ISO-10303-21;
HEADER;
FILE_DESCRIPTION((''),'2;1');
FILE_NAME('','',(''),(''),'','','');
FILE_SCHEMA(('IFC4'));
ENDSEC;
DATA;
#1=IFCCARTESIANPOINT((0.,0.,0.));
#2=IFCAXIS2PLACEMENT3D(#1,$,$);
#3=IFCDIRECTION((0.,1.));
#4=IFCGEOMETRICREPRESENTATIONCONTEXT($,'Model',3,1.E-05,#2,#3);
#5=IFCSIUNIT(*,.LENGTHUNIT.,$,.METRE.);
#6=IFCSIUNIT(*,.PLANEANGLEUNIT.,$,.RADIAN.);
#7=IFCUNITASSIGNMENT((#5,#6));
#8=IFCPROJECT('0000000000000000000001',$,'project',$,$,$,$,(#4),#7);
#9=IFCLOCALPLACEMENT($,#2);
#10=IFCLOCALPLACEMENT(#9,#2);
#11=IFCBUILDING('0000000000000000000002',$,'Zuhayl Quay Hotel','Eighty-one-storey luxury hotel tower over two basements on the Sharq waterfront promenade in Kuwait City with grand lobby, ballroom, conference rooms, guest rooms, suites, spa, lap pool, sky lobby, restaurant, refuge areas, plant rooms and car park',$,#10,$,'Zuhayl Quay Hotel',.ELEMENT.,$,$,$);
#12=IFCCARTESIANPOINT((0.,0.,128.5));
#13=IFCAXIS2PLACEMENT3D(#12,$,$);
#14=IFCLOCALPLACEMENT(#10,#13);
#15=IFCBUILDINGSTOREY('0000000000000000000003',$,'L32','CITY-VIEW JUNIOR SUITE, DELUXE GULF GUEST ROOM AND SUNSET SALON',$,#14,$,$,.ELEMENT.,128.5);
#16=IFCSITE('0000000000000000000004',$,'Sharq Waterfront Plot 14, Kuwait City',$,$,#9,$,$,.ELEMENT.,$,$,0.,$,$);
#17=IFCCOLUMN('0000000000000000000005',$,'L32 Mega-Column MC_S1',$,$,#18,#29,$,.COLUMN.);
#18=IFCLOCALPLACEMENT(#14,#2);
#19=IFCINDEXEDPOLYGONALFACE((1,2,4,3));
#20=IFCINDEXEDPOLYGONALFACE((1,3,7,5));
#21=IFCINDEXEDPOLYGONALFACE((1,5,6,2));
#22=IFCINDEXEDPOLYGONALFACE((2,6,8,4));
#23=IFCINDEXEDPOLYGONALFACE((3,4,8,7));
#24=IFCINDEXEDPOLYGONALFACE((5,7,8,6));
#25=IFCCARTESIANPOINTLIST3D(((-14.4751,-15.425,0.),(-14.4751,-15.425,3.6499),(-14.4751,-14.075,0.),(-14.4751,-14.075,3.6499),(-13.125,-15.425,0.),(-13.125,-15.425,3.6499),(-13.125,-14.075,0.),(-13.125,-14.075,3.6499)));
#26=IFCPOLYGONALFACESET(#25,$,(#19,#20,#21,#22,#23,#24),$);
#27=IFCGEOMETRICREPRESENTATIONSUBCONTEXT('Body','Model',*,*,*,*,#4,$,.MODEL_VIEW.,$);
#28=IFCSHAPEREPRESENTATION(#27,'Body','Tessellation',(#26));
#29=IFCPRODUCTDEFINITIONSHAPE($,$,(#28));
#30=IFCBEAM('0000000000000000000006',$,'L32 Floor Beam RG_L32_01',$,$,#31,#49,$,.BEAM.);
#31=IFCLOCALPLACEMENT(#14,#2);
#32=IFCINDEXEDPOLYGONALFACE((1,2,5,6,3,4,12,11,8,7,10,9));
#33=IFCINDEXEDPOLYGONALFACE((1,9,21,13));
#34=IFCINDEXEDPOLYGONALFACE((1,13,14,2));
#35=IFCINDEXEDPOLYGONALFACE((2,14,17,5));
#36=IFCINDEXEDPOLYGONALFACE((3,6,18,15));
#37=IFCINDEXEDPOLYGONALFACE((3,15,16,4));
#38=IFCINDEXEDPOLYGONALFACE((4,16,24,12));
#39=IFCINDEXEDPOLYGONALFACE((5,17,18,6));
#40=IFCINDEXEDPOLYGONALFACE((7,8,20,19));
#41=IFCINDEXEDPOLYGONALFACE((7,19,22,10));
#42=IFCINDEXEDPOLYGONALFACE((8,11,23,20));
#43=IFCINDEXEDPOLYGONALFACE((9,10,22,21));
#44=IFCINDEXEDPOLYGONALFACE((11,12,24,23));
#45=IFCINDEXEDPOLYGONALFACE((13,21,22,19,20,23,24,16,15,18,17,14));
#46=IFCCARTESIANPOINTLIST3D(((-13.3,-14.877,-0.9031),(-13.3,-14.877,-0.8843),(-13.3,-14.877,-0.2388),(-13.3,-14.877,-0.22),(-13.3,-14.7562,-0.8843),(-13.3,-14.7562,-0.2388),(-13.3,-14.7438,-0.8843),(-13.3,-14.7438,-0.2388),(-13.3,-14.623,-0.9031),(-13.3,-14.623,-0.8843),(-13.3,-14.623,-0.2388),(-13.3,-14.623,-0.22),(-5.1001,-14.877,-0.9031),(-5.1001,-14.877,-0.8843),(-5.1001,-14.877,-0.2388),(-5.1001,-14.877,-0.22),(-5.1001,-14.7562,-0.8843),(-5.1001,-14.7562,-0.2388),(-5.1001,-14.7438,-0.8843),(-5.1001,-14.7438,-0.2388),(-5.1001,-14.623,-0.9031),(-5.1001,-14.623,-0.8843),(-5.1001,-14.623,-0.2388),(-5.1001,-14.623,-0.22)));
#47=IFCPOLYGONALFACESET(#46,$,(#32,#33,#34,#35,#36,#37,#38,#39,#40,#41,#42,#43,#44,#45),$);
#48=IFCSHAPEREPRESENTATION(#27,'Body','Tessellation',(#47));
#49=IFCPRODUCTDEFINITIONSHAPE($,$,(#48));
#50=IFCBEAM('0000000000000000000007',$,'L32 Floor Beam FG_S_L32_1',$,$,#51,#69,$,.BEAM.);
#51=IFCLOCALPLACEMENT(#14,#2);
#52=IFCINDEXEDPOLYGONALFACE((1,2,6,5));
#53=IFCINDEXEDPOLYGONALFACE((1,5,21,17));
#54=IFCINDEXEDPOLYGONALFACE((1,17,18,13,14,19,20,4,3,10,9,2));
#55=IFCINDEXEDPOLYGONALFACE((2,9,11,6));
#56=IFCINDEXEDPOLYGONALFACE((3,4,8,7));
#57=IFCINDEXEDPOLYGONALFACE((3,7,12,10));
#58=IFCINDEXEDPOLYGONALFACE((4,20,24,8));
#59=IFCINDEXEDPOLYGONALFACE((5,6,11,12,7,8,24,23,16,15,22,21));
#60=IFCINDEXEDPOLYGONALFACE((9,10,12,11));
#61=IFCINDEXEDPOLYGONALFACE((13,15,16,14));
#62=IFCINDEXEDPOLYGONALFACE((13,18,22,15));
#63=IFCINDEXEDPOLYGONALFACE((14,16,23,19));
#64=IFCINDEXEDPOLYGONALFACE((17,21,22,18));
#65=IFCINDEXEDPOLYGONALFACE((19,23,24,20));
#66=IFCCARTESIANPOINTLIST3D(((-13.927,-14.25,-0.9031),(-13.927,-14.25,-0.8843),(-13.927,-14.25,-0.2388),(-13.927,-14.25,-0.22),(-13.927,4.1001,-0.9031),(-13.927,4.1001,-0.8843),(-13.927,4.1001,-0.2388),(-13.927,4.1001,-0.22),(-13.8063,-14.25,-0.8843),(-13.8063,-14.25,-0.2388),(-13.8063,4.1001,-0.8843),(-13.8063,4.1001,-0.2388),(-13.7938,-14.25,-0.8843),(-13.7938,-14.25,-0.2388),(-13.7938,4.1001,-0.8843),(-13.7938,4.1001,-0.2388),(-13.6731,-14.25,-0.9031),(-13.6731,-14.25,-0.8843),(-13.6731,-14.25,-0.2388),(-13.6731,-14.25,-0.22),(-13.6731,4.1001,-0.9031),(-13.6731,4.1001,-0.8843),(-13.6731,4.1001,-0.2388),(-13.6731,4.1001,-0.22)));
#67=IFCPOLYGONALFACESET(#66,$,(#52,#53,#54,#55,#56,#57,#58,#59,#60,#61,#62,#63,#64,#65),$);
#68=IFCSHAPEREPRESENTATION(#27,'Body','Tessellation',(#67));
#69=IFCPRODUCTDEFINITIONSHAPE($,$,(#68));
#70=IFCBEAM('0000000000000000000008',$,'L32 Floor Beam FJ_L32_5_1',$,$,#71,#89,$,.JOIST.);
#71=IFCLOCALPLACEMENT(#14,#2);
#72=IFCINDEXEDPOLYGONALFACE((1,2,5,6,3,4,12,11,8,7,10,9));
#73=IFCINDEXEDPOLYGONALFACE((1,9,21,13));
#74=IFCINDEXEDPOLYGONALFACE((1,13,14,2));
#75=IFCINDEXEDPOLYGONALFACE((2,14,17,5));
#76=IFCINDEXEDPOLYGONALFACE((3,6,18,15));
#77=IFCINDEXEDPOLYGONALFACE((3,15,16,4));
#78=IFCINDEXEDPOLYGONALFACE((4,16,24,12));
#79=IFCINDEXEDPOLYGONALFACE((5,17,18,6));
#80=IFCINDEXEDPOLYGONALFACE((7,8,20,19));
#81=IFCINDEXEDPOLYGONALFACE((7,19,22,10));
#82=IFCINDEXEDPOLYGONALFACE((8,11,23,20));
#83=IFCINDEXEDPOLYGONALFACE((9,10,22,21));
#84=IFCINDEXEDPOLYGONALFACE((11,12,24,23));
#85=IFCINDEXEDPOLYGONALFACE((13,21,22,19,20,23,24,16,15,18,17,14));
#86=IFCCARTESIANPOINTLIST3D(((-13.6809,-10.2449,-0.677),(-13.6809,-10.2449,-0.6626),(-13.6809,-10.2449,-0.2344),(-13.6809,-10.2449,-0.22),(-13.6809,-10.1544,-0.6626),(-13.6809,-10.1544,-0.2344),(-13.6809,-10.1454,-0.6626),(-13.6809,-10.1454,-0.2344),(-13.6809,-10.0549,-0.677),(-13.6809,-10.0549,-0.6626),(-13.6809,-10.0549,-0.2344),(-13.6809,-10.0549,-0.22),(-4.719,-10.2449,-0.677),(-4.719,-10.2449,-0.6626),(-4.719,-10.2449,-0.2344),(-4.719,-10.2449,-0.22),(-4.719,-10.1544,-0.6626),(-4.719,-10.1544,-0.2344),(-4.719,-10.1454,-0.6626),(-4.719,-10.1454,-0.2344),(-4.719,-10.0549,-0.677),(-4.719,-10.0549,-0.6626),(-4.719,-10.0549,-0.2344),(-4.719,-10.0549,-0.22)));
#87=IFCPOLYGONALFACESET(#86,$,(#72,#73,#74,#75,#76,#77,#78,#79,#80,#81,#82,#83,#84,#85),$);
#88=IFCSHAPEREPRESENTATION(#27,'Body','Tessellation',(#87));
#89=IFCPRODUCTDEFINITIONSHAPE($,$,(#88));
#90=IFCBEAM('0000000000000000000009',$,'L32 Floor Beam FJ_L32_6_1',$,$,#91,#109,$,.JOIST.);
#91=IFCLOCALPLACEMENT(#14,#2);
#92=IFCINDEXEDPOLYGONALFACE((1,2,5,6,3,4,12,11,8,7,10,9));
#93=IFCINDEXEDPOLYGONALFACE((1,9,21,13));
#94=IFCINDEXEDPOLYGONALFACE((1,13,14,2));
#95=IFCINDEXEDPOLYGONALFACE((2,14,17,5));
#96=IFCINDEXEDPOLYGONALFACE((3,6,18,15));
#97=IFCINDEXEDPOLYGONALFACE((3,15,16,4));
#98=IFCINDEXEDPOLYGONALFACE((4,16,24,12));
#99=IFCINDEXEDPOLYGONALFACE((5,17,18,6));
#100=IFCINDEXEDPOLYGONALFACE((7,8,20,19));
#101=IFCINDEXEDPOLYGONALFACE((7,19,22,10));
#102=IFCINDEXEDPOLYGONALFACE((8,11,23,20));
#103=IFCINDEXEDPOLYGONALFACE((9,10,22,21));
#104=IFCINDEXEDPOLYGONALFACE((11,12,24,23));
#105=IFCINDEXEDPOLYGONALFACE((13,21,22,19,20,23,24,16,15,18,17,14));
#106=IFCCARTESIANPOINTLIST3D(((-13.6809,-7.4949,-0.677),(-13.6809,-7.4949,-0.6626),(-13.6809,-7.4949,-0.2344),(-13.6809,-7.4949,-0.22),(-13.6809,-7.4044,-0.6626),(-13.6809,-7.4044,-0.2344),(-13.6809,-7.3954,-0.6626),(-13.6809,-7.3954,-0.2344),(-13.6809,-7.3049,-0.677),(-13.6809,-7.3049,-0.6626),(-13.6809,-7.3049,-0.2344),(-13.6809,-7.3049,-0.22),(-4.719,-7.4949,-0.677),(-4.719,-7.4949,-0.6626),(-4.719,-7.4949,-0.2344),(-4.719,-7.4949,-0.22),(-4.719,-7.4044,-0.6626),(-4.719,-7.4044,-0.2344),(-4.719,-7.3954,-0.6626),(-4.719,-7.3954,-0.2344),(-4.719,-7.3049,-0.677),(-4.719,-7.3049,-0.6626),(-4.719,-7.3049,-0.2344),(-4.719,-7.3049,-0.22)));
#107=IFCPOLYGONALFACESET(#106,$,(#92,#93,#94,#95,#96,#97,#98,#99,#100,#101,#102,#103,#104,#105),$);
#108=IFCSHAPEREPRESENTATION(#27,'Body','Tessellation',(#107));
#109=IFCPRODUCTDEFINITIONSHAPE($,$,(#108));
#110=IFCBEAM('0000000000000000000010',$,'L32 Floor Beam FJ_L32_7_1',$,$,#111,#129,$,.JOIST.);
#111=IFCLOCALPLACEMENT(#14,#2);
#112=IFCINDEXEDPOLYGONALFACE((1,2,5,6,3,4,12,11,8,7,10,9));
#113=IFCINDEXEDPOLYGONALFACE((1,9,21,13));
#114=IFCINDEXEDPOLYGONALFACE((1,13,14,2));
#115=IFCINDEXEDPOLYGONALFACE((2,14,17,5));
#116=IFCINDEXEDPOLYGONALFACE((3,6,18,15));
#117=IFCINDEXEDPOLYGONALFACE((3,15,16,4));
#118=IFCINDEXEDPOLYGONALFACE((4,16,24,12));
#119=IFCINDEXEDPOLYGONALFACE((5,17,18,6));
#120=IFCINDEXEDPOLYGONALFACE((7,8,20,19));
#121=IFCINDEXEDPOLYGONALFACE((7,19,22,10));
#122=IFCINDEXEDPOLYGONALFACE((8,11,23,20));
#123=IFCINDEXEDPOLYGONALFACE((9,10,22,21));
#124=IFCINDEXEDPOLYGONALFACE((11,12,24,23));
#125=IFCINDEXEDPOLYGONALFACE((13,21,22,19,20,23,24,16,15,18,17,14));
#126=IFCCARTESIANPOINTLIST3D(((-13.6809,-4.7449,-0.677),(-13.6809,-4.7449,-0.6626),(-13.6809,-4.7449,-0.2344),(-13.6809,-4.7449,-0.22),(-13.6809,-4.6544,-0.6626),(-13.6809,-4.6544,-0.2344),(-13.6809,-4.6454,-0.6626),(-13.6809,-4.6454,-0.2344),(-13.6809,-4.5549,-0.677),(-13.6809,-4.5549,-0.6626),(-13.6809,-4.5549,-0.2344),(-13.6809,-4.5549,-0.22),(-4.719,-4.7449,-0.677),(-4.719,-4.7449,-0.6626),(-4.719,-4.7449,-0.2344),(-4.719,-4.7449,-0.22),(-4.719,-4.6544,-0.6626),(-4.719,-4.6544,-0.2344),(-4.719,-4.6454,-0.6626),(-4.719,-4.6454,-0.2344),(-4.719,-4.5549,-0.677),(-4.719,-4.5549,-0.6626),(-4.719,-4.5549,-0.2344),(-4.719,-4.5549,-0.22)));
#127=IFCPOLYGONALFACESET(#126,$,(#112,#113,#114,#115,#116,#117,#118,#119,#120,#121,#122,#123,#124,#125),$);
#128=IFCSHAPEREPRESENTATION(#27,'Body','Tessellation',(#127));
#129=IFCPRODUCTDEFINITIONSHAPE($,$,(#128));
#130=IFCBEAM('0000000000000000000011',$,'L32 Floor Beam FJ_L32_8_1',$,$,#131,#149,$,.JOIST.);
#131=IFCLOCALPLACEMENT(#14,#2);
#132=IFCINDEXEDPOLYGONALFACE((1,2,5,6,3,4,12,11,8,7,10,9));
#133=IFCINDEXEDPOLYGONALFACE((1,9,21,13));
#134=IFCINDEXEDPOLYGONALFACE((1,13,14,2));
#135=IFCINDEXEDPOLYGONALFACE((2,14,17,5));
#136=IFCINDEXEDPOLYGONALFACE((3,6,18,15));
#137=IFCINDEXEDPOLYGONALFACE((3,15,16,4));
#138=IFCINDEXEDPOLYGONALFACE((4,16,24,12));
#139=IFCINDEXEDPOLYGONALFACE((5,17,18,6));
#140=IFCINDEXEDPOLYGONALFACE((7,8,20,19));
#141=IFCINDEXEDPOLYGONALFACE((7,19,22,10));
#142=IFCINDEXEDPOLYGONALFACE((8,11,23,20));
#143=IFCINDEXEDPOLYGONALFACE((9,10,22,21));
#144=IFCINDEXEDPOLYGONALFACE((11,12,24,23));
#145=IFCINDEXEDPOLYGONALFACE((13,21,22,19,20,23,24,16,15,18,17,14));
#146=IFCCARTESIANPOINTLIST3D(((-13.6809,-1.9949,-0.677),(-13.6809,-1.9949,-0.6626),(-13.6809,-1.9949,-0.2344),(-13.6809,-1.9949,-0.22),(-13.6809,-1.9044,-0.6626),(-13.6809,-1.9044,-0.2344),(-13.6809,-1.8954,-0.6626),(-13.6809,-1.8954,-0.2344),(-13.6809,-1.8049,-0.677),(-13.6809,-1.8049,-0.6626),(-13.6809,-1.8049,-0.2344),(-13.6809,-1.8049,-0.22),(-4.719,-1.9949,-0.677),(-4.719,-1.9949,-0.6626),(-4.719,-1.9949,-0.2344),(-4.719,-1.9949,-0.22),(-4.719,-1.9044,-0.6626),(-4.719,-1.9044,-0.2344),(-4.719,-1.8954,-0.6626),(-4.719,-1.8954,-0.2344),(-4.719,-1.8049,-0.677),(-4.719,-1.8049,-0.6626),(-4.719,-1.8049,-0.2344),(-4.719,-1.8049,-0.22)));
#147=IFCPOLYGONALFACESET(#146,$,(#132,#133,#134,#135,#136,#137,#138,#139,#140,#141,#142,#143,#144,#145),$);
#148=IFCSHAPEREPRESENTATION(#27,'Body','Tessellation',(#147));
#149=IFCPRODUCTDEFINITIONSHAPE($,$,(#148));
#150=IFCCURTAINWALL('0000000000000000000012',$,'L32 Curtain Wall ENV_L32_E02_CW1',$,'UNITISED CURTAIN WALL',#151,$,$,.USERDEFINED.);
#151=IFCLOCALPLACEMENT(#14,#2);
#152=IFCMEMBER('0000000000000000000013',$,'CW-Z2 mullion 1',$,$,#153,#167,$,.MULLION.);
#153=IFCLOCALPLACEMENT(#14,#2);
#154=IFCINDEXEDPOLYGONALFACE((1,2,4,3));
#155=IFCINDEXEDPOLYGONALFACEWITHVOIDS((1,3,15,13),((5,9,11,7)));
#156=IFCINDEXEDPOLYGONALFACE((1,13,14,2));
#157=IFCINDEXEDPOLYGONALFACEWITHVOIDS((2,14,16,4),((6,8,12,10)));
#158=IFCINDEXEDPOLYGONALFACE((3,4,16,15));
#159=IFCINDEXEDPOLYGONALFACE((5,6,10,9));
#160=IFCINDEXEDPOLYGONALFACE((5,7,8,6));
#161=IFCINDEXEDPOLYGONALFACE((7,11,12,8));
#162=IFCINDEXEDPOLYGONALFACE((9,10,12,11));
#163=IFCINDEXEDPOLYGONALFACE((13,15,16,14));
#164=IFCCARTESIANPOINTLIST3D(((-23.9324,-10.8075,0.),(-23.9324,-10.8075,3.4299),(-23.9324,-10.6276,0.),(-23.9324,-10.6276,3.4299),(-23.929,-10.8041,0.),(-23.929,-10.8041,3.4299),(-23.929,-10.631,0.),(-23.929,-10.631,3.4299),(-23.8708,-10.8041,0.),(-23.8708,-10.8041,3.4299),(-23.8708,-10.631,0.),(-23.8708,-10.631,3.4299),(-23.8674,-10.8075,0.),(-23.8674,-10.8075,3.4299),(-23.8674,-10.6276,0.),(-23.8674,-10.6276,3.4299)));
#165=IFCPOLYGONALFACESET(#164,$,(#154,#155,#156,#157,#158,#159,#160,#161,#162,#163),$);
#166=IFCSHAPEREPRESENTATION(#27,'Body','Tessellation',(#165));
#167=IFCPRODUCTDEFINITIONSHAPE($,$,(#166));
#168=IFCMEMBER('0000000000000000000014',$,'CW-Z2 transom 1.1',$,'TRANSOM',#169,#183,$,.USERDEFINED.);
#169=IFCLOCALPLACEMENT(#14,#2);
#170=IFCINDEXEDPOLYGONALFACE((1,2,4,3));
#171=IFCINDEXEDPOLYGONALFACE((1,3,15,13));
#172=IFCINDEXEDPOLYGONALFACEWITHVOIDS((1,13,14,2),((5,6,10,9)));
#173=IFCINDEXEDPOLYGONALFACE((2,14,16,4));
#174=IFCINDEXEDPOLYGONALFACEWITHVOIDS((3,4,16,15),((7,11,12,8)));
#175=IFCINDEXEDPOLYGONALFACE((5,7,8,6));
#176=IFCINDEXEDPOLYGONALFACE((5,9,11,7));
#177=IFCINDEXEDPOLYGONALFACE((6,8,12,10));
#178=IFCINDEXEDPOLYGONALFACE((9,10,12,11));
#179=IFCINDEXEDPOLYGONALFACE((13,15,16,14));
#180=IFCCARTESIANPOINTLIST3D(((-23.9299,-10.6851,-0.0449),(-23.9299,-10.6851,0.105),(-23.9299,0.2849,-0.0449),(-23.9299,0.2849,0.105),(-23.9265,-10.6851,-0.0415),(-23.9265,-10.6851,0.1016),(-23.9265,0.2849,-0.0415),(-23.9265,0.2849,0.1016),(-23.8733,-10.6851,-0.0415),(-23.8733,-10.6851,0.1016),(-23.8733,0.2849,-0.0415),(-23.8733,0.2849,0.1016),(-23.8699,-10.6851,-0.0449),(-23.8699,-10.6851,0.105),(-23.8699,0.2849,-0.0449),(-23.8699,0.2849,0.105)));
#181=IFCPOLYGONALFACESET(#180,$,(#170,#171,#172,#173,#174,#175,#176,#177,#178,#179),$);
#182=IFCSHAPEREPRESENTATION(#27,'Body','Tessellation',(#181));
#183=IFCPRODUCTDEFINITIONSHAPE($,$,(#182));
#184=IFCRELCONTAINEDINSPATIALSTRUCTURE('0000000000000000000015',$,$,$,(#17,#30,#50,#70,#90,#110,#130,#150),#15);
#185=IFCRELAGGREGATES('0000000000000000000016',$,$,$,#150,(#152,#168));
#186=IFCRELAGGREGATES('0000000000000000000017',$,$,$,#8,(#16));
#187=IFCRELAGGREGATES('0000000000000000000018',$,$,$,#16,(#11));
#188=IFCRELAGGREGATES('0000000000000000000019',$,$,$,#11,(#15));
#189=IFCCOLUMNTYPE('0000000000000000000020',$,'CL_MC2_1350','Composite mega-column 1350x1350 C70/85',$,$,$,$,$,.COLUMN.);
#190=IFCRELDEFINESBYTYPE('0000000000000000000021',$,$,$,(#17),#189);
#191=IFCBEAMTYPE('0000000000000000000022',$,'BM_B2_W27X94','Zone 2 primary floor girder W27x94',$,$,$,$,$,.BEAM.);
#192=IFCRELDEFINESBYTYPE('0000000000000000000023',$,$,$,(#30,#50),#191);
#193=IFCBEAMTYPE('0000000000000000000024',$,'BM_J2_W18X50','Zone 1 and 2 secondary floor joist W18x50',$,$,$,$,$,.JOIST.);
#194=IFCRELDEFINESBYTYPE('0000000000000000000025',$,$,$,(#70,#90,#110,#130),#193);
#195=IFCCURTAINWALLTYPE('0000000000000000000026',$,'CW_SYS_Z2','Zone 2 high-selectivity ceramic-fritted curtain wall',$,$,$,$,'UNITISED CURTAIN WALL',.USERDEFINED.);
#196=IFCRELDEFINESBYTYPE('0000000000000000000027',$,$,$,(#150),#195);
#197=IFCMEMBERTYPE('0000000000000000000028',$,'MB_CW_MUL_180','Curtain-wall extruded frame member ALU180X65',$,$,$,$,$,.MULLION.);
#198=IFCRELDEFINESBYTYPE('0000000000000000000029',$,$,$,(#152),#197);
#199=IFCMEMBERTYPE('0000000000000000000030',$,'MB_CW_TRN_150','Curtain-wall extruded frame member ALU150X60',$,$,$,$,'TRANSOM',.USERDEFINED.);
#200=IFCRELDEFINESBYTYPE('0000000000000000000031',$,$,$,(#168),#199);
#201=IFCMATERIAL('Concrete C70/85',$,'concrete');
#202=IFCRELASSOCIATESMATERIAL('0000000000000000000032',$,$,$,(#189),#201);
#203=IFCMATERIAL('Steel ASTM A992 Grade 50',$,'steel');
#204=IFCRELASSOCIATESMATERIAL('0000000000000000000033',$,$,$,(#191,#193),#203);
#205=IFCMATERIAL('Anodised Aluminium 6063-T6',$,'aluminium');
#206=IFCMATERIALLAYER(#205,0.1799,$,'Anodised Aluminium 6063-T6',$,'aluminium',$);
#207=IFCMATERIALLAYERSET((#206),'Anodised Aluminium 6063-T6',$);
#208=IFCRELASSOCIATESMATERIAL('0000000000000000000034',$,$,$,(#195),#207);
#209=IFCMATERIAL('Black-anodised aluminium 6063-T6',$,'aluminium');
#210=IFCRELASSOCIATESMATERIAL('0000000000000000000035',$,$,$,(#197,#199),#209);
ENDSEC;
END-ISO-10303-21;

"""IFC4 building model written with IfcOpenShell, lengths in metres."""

from ifc_helpers import new_model, si_unit, direction, frame, origin, origin_2d, place, context, subcontext, project, spatial, rectangle, hollow_rectangle, i_section, extrude, material, layer, layer_set, material_profile, profile_set, type_object, element, aggregate, save


model = new_model("IFC4")

# Units and contexts
model_context = context("Model", 3, precision=1e-05, world=origin(), true_north=direction((0.0, 1.0)))
body_context = subcontext(model_context, "Body", "Model", "MODEL_VIEW")
ifc_project = project(units=[si_unit("LENGTHUNIT", "METRE"), si_unit("PLANEANGLEUNIT", "RADIAN")], contexts=[model_context])

# Site, building, storey
site_placement = place(None, origin())
site = spatial("IfcSite", under=ifc_project, at=site_placement, Name="Sharq Waterfront Plot 14, Kuwait City", CompositionType="ELEMENT", RefElevation=0.0)
building_placement = place(site_placement, origin())
building = spatial("IfcBuilding", under=site, at=building_placement, Name="Zuhayl Quay Hotel", Description="Eighty-one-storey luxury hotel tower over two basements on the Sharq waterfront promenade in Kuwait City with grand lobby, ballroom, conference rooms, guest rooms, suites, spa, lap pool, sky lobby, restaurant, refuge areas, plant rooms and car park", LongName="Zuhayl Quay Hotel", CompositionType="ELEMENT")
storey_placement = place(building_placement, frame((0.0, 0.0, 128.5)))
storey = spatial("IfcBuildingStorey", under=building, at=storey_placement, Name="L32", Description="CITY-VIEW JUNIOR SUITE, DELUXE GULF GUEST ROOM AND SUNSET SALON", CompositionType="ELEMENT", Elevation=128.5)

# Column
ifc_material_1 = material(Name="Concrete C70/85", Category="concrete")
ifc_material_profile_1 = material_profile(ifc_material_1, rectangle(XDim=1.3501, YDim=1.3501, at=origin_2d()), Name="RC1350X1350")
ifc_profile_set_1 = profile_set([ifc_material_profile_1], Name="Concrete C70/85")
column_type = type_object("IfcColumnType", Name="CL_MC2_1350", Description="Composite mega-column 1350x1350 C70/85", PredefinedType="COLUMN", material=ifc_profile_set_1)
column_placement = place(storey_placement, frame((-13.8, -14.75, 0.0), z_axis=(0.0, 0.0, 1.0), x_axis=(1.0, 0.0, 0.0)))
element("IfcColumn", 1, at=column_placement, inside=storey, type_object=column_type, Name="L32 Mega-Column MC_S1", PredefinedType="COLUMN", context=body_context, shape_type="SweptSolid", body=[
    extrude(rectangle(XDim=1.3501, YDim=1.3501, at=origin_2d()), origin(), (0.0, 0.0, 1.0), 3.6499),
])

# Beams
ifc_material_2 = material(Name="Steel ASTM A992 Grade 50", Category="steel")
ifc_material_profile_2 = material_profile(ifc_material_2, i_section(OverallWidth=0.2539, OverallDepth=0.6831, WebThickness=0.0125, FlangeThickness=0.0188, at=origin_2d()), Name="W27X94")
ifc_profile_set_2 = profile_set([ifc_material_profile_2], Name="Steel ASTM A992 Grade 50")
beam_type_1 = type_object("IfcBeamType", Name="BM_B2_W27X94", Description="Zone 2 primary floor girder W27x94", PredefinedType="BEAM", material=ifc_profile_set_2)
beam_1_placement = place(storey_placement, frame((-13.3, -14.75, -0.5615), z_axis=(1.0, 0.0, 0.0), x_axis=(0.0, 1.0, 0.0)))
element("IfcBeam", 2, at=beam_1_placement, inside=storey, type_object=beam_type_1, Name="L32 Floor Beam RG_L32_01", PredefinedType="BEAM", context=body_context, shape_type="SweptSolid", body=[
    extrude(i_section(OverallWidth=0.2539, OverallDepth=0.6831, WebThickness=0.0125, FlangeThickness=0.0188, at=origin_2d()), origin(), (0.0, 0.0, 1.0), 8.2),
])
beam_2_placement = place(storey_placement, frame((-13.8, -14.25, -0.5615), z_axis=(0.0, 1.0, 0.0), x_axis=(-1.0, 0.0, 0.0)))
element("IfcBeam", 3, at=beam_2_placement, inside=storey, type_object=beam_type_1, Name="L32 Floor Beam FG_S_L32_1", PredefinedType="BEAM", context=body_context, shape_type="SweptSolid", body=[
    extrude(i_section(OverallWidth=0.2539, OverallDepth=0.6831, WebThickness=0.0125, FlangeThickness=0.0188, at=origin_2d()), origin(), (0.0, 0.0, 1.0), 18.3501),
])
ifc_material_profile_3 = material_profile(ifc_material_2, i_section(OverallWidth=0.1899, OverallDepth=0.457, WebThickness=0.009, FlangeThickness=0.0144, at=origin_2d()), Name="W18X50")
ifc_profile_set_3 = profile_set([ifc_material_profile_3], Name="Steel ASTM A992 Grade 50")
beam_type_2 = type_object("IfcBeamType", Name="BM_J2_W18X50", Description="Zone 1 and 2 secondary floor joist W18x50", PredefinedType="JOIST", material=ifc_profile_set_3)
for number, where, z_axis, x_axis, name in (
    (4, (-13.6809, -10.1499, -0.4485), (1.0, 0.0, 0.0), (0.0, 1.0, 0.0), "L32 Floor Beam FJ_L32_5_1"),
    (5, (-13.6809, -7.3999, -0.4485), (1.0, 0.0, 0.0), (0.0, 1.0, 0.0), "L32 Floor Beam FJ_L32_6_1"),
    (6, (-13.6809, -4.6499, -0.4485), (1.0, 0.0, 0.0), (0.0, 1.0, 0.0), "L32 Floor Beam FJ_L32_7_1"),
    (7, (-13.6809, -1.8999, -0.4485), (1.0, 0.0, 0.0), (0.0, 1.0, 0.0), "L32 Floor Beam FJ_L32_8_1"),
):
    element("IfcBeam", number, at=place(storey_placement, frame(where, z_axis=z_axis, x_axis=x_axis)), inside=storey, type_object=beam_type_2, Name=name, PredefinedType="JOIST", context=body_context, shape_type="SweptSolid", body=[
        extrude(i_section(OverallWidth=0.1899, OverallDepth=0.457, WebThickness=0.009, FlangeThickness=0.0144, at=origin_2d()), origin(), (0.0, 0.0, 1.0), 8.9619),
    ])

# Curtain wall, members
ifc_material_3 = material(Name="Anodised Aluminium 6063-T6", Category="aluminium")
ifc_layer_1 = layer(ifc_material_3, 0.1799, Name="Anodised Aluminium 6063-T6", Category="aluminium")
ifc_layer_set_1 = layer_set([ifc_layer_1], Name="Anodised Aluminium 6063-T6")
curtain_wall_type = type_object("IfcCurtainWallType", Name="CW_SYS_Z2", Description="Zone 2 high-selectivity ceramic-fritted curtain wall", ElementType="UNITISED CURTAIN WALL", PredefinedType="USERDEFINED", material=ifc_layer_set_1)
curtain_wall_placement = place(storey_placement, origin())
curtain_wall = element("IfcCurtainWall", 8, at=curtain_wall_placement, inside=storey, type_object=curtain_wall_type, Name="L32 Curtain Wall ENV_L32_E02_CW1", ObjectType="UNITISED CURTAIN WALL", PredefinedType="USERDEFINED")
ifc_material_4 = material(Name="Black-anodised aluminium 6063-T6", Category="aluminium")
ifc_material_profile_4 = material_profile(ifc_material_4, hollow_rectangle(XDim=0.0649, YDim=0.1799, WallThickness=0.0034, at=origin_2d()), Name="ALU180X65")
ifc_profile_set_4 = profile_set([ifc_material_profile_4], Name="Black-anodised aluminium 6063-T6")
member_type_1 = type_object("IfcMemberType", Name="MB_CW_MUL_180", Description="Curtain-wall extruded frame member ALU180X65", PredefinedType="MULLION", material=ifc_profile_set_4)
member_1_placement = place(storey_placement, frame((-23.8999, -10.7175, 0.0), z_axis=(0.0, 0.0, 1.0), x_axis=(-1.0, 0.0, 0.0)))
member_1 = element("IfcMember", 9, at=member_1_placement, type_object=member_type_1, Name="CW-Z2 mullion 1", PredefinedType="MULLION", context=body_context, shape_type="SweptSolid", body=[
    extrude(hollow_rectangle(XDim=0.0649, YDim=0.1799, WallThickness=0.0034, at=origin_2d()), origin(), (0.0, 0.0, 1.0), 3.4299),
])
ifc_material_profile_5 = material_profile(ifc_material_4, hollow_rectangle(XDim=0.0601, YDim=0.1499, WallThickness=0.0034, at=origin_2d()), Name="ALU150X60")
ifc_profile_set_5 = profile_set([ifc_material_profile_5], Name="Black-anodised aluminium 6063-T6")
member_type_2 = type_object("IfcMemberType", Name="MB_CW_TRN_150", Description="Curtain-wall extruded frame member ALU150X60", ElementType="TRANSOM", PredefinedType="USERDEFINED", material=ifc_profile_set_5)
member_2_placement = place(storey_placement, frame((-23.8999, -10.6851, 0.03), z_axis=(0.0, 1.0, 0.0), x_axis=(-1.0, 0.0, 0.0)))
member_2 = element("IfcMember", 10, at=member_2_placement, type_object=member_type_2, Name="CW-Z2 transom 1.1", ObjectType="TRANSOM", PredefinedType="USERDEFINED", context=body_context, shape_type="SweptSolid", body=[
    extrude(hollow_rectangle(XDim=0.0601, YDim=0.1499, WallThickness=0.0034, at=origin_2d()), origin(), (0.0, 0.0, 1.0), 10.97),
])
aggregate(curtain_wall, [member_1, member_2])

save(model, "model.ifc")
